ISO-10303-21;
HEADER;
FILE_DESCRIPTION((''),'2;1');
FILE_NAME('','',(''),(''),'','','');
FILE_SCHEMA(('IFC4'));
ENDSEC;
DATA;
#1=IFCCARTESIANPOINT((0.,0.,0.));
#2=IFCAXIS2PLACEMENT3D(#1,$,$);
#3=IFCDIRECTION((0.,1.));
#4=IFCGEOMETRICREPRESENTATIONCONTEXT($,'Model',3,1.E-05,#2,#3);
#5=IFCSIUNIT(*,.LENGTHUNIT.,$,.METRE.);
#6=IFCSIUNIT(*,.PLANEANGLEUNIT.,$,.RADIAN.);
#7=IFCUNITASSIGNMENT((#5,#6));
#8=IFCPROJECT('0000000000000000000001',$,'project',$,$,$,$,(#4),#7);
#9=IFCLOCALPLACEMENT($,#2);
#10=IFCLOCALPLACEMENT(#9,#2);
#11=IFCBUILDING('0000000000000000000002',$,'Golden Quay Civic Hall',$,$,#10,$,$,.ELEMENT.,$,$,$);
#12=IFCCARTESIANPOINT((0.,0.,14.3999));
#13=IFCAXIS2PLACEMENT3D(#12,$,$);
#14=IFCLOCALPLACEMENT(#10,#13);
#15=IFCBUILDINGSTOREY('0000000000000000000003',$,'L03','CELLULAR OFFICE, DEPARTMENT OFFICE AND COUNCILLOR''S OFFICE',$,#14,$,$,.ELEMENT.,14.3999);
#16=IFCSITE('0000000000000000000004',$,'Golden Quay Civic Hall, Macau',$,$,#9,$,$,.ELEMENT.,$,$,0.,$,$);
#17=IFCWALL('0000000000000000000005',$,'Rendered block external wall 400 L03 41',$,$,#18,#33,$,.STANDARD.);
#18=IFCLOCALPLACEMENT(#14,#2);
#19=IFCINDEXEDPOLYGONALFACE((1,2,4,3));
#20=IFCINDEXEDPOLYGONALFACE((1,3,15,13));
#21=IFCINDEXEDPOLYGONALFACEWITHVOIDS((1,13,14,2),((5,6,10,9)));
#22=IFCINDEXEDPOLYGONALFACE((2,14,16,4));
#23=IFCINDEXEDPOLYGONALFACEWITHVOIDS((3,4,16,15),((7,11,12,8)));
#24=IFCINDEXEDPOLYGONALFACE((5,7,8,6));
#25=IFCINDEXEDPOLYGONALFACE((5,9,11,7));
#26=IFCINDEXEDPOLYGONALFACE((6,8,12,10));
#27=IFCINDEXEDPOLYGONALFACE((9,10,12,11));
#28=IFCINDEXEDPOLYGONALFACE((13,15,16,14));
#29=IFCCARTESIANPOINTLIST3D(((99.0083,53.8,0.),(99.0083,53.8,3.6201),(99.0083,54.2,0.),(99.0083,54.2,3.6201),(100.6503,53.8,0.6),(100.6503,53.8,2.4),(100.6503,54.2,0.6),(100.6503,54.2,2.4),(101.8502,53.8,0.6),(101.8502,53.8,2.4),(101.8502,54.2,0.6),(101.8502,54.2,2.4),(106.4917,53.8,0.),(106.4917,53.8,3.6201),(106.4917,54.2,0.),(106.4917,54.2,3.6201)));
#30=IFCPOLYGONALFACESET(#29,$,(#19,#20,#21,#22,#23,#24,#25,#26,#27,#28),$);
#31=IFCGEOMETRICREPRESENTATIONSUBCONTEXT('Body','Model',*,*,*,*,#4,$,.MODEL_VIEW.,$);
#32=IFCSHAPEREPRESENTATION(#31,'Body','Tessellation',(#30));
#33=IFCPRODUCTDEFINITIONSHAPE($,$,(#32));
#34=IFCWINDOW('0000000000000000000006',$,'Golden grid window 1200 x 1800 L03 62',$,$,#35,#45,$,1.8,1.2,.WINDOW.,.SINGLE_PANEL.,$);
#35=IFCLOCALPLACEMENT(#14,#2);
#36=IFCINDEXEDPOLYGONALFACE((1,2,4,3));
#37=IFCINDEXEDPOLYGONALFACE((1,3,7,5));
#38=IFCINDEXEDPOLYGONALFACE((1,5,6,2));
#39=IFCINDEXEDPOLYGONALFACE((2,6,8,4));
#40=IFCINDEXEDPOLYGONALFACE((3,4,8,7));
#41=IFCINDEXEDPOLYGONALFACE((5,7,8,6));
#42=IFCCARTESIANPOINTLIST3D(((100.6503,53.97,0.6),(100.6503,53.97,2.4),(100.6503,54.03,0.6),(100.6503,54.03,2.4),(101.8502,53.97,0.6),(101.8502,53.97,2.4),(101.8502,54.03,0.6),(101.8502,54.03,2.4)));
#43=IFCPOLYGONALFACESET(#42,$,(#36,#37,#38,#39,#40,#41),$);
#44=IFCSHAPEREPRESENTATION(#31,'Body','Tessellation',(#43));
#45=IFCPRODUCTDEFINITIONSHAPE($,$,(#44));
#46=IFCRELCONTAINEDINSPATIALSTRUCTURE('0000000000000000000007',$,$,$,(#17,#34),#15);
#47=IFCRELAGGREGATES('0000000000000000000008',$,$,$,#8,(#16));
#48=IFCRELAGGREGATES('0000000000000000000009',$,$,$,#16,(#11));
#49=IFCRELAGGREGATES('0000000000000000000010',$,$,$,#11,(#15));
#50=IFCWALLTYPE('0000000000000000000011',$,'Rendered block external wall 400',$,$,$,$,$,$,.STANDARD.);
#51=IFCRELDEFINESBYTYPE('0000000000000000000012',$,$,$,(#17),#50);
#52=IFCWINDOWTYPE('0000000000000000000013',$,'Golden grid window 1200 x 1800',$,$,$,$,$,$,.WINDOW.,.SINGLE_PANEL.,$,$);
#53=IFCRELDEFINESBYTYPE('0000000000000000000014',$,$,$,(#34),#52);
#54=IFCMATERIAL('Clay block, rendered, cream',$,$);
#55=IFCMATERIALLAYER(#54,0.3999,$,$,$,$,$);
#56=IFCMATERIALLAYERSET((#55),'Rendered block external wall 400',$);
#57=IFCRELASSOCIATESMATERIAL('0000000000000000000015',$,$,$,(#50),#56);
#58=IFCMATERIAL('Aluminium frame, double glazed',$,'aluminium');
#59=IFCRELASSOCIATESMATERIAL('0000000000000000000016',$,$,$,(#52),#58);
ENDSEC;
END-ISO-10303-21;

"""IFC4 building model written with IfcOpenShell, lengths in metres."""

from ifc_helpers import new_model, si_unit, direction, frame, frame_2d, origin, place, context, subcontext, project, spatial, rectangle, extrude, material, layer, layer_set, type_object, element, fill, save


model = new_model("IFC4")

# Units and contexts
model_context = context("Model", 3, precision=1e-05, world=origin(), true_north=direction((0.0, 1.0)))
body_context = subcontext(model_context, "Body", "Model", "MODEL_VIEW")
ifc_project = project(units=[si_unit("LENGTHUNIT", "METRE"), si_unit("PLANEANGLEUNIT", "RADIAN")], contexts=[model_context])

# Site, building, storey
site_placement = place(None, origin())
site = spatial("IfcSite", under=ifc_project, at=site_placement, Name="Golden Quay Civic Hall, Macau", CompositionType="ELEMENT", RefElevation=0.0)
building_placement = place(site_placement, origin())
building = spatial("IfcBuilding", under=site, at=building_placement, Name="Golden Quay Civic Hall", CompositionType="ELEMENT")
storey_placement = place(building_placement, frame((0.0, 0.0, 14.3999)))
storey = spatial("IfcBuildingStorey", under=building, at=storey_placement, Name="L03", Description="CELLULAR OFFICE, DEPARTMENT OFFICE AND COUNCILLOR'S OFFICE", CompositionType="ELEMENT", Elevation=14.3999)

# Shared definitions
ifc_material_1 = material(Name="Clay block, rendered, cream")
ifc_layer_1 = layer(ifc_material_1, 0.3999)
ifc_layer_set_1 = layer_set([ifc_layer_1], Name="Rendered block external wall 400")
wall_type = type_object("IfcWallType", Name="Rendered block external wall 400", PredefinedType="STANDARD", material=ifc_layer_set_1)
ifc_material_2 = material(Name="Aluminium frame, double glazed", Category="aluminium")
window_type = type_object("IfcWindowType", Name="Golden grid window 1200 x 1800", PartitioningType="SINGLE_PANEL", PredefinedType="WINDOW", material=ifc_material_2)

# Wall, opening, window
wall_1_placement = place(storey_placement, frame((99.0083, 54.0, 0.0), z_axis=(0.0, 0.0, 1.0), x_axis=(1.0, 0.0, 0.0)))
wall_1 = element("IfcWall", 1, at=wall_1_placement, inside=storey, type_object=wall_type, Name="Rendered block external wall 400 L03 41", PredefinedType="STANDARD", context=body_context, shape_type="SweptSolid", body=[
    extrude(rectangle(XDim=7.4834, YDim=0.3999, at=frame_2d((3.7417, 0.0))), origin(), (0.0, 0.0, 1.0), 3.6201),
])
opening_1_placement = place(wall_1_placement, frame((1.6418, 0.0, 0.6001)))
opening_1 = element("IfcOpeningElement", 2, at=opening_1_placement, cuts=wall_1, PredefinedType="OPENING", context=body_context, shape_type="SweptSolid", body=[
    extrude(rectangle(XDim=1.2, YDim=1.8, at=frame_2d((0.6001, 0.8999))), frame((0.0, 0.21, 0.0), z_axis=(0.0, -1.0, 0.0), x_axis=(1.0, 0.0, 0.0)), (0.0, 0.0, 1.0), 0.4199),
])
window_1_placement = place(opening_1_placement, origin())
window_1 = element("IfcWindow", 3, at=window_1_placement, inside=storey, type_object=window_type, Name="Golden grid window 1200 x 1800 L03 62", OverallHeight=1.8, OverallWidth=1.2, PartitioningType="SINGLE_PANEL", PredefinedType="WINDOW", context=body_context, shape_type="SweptSolid", body=[
    extrude(rectangle(XDim=1.2, YDim=1.8, at=frame_2d((0.6001, 0.8999))), frame((0.0, 0.03, 0.0), z_axis=(0.0, -1.0, 0.0), x_axis=(1.0, 0.0, 0.0)), (0.0, 0.0, 1.0), 0.0601),
])
fill(opening_1, window_1)

save(model, "model.ifc")
